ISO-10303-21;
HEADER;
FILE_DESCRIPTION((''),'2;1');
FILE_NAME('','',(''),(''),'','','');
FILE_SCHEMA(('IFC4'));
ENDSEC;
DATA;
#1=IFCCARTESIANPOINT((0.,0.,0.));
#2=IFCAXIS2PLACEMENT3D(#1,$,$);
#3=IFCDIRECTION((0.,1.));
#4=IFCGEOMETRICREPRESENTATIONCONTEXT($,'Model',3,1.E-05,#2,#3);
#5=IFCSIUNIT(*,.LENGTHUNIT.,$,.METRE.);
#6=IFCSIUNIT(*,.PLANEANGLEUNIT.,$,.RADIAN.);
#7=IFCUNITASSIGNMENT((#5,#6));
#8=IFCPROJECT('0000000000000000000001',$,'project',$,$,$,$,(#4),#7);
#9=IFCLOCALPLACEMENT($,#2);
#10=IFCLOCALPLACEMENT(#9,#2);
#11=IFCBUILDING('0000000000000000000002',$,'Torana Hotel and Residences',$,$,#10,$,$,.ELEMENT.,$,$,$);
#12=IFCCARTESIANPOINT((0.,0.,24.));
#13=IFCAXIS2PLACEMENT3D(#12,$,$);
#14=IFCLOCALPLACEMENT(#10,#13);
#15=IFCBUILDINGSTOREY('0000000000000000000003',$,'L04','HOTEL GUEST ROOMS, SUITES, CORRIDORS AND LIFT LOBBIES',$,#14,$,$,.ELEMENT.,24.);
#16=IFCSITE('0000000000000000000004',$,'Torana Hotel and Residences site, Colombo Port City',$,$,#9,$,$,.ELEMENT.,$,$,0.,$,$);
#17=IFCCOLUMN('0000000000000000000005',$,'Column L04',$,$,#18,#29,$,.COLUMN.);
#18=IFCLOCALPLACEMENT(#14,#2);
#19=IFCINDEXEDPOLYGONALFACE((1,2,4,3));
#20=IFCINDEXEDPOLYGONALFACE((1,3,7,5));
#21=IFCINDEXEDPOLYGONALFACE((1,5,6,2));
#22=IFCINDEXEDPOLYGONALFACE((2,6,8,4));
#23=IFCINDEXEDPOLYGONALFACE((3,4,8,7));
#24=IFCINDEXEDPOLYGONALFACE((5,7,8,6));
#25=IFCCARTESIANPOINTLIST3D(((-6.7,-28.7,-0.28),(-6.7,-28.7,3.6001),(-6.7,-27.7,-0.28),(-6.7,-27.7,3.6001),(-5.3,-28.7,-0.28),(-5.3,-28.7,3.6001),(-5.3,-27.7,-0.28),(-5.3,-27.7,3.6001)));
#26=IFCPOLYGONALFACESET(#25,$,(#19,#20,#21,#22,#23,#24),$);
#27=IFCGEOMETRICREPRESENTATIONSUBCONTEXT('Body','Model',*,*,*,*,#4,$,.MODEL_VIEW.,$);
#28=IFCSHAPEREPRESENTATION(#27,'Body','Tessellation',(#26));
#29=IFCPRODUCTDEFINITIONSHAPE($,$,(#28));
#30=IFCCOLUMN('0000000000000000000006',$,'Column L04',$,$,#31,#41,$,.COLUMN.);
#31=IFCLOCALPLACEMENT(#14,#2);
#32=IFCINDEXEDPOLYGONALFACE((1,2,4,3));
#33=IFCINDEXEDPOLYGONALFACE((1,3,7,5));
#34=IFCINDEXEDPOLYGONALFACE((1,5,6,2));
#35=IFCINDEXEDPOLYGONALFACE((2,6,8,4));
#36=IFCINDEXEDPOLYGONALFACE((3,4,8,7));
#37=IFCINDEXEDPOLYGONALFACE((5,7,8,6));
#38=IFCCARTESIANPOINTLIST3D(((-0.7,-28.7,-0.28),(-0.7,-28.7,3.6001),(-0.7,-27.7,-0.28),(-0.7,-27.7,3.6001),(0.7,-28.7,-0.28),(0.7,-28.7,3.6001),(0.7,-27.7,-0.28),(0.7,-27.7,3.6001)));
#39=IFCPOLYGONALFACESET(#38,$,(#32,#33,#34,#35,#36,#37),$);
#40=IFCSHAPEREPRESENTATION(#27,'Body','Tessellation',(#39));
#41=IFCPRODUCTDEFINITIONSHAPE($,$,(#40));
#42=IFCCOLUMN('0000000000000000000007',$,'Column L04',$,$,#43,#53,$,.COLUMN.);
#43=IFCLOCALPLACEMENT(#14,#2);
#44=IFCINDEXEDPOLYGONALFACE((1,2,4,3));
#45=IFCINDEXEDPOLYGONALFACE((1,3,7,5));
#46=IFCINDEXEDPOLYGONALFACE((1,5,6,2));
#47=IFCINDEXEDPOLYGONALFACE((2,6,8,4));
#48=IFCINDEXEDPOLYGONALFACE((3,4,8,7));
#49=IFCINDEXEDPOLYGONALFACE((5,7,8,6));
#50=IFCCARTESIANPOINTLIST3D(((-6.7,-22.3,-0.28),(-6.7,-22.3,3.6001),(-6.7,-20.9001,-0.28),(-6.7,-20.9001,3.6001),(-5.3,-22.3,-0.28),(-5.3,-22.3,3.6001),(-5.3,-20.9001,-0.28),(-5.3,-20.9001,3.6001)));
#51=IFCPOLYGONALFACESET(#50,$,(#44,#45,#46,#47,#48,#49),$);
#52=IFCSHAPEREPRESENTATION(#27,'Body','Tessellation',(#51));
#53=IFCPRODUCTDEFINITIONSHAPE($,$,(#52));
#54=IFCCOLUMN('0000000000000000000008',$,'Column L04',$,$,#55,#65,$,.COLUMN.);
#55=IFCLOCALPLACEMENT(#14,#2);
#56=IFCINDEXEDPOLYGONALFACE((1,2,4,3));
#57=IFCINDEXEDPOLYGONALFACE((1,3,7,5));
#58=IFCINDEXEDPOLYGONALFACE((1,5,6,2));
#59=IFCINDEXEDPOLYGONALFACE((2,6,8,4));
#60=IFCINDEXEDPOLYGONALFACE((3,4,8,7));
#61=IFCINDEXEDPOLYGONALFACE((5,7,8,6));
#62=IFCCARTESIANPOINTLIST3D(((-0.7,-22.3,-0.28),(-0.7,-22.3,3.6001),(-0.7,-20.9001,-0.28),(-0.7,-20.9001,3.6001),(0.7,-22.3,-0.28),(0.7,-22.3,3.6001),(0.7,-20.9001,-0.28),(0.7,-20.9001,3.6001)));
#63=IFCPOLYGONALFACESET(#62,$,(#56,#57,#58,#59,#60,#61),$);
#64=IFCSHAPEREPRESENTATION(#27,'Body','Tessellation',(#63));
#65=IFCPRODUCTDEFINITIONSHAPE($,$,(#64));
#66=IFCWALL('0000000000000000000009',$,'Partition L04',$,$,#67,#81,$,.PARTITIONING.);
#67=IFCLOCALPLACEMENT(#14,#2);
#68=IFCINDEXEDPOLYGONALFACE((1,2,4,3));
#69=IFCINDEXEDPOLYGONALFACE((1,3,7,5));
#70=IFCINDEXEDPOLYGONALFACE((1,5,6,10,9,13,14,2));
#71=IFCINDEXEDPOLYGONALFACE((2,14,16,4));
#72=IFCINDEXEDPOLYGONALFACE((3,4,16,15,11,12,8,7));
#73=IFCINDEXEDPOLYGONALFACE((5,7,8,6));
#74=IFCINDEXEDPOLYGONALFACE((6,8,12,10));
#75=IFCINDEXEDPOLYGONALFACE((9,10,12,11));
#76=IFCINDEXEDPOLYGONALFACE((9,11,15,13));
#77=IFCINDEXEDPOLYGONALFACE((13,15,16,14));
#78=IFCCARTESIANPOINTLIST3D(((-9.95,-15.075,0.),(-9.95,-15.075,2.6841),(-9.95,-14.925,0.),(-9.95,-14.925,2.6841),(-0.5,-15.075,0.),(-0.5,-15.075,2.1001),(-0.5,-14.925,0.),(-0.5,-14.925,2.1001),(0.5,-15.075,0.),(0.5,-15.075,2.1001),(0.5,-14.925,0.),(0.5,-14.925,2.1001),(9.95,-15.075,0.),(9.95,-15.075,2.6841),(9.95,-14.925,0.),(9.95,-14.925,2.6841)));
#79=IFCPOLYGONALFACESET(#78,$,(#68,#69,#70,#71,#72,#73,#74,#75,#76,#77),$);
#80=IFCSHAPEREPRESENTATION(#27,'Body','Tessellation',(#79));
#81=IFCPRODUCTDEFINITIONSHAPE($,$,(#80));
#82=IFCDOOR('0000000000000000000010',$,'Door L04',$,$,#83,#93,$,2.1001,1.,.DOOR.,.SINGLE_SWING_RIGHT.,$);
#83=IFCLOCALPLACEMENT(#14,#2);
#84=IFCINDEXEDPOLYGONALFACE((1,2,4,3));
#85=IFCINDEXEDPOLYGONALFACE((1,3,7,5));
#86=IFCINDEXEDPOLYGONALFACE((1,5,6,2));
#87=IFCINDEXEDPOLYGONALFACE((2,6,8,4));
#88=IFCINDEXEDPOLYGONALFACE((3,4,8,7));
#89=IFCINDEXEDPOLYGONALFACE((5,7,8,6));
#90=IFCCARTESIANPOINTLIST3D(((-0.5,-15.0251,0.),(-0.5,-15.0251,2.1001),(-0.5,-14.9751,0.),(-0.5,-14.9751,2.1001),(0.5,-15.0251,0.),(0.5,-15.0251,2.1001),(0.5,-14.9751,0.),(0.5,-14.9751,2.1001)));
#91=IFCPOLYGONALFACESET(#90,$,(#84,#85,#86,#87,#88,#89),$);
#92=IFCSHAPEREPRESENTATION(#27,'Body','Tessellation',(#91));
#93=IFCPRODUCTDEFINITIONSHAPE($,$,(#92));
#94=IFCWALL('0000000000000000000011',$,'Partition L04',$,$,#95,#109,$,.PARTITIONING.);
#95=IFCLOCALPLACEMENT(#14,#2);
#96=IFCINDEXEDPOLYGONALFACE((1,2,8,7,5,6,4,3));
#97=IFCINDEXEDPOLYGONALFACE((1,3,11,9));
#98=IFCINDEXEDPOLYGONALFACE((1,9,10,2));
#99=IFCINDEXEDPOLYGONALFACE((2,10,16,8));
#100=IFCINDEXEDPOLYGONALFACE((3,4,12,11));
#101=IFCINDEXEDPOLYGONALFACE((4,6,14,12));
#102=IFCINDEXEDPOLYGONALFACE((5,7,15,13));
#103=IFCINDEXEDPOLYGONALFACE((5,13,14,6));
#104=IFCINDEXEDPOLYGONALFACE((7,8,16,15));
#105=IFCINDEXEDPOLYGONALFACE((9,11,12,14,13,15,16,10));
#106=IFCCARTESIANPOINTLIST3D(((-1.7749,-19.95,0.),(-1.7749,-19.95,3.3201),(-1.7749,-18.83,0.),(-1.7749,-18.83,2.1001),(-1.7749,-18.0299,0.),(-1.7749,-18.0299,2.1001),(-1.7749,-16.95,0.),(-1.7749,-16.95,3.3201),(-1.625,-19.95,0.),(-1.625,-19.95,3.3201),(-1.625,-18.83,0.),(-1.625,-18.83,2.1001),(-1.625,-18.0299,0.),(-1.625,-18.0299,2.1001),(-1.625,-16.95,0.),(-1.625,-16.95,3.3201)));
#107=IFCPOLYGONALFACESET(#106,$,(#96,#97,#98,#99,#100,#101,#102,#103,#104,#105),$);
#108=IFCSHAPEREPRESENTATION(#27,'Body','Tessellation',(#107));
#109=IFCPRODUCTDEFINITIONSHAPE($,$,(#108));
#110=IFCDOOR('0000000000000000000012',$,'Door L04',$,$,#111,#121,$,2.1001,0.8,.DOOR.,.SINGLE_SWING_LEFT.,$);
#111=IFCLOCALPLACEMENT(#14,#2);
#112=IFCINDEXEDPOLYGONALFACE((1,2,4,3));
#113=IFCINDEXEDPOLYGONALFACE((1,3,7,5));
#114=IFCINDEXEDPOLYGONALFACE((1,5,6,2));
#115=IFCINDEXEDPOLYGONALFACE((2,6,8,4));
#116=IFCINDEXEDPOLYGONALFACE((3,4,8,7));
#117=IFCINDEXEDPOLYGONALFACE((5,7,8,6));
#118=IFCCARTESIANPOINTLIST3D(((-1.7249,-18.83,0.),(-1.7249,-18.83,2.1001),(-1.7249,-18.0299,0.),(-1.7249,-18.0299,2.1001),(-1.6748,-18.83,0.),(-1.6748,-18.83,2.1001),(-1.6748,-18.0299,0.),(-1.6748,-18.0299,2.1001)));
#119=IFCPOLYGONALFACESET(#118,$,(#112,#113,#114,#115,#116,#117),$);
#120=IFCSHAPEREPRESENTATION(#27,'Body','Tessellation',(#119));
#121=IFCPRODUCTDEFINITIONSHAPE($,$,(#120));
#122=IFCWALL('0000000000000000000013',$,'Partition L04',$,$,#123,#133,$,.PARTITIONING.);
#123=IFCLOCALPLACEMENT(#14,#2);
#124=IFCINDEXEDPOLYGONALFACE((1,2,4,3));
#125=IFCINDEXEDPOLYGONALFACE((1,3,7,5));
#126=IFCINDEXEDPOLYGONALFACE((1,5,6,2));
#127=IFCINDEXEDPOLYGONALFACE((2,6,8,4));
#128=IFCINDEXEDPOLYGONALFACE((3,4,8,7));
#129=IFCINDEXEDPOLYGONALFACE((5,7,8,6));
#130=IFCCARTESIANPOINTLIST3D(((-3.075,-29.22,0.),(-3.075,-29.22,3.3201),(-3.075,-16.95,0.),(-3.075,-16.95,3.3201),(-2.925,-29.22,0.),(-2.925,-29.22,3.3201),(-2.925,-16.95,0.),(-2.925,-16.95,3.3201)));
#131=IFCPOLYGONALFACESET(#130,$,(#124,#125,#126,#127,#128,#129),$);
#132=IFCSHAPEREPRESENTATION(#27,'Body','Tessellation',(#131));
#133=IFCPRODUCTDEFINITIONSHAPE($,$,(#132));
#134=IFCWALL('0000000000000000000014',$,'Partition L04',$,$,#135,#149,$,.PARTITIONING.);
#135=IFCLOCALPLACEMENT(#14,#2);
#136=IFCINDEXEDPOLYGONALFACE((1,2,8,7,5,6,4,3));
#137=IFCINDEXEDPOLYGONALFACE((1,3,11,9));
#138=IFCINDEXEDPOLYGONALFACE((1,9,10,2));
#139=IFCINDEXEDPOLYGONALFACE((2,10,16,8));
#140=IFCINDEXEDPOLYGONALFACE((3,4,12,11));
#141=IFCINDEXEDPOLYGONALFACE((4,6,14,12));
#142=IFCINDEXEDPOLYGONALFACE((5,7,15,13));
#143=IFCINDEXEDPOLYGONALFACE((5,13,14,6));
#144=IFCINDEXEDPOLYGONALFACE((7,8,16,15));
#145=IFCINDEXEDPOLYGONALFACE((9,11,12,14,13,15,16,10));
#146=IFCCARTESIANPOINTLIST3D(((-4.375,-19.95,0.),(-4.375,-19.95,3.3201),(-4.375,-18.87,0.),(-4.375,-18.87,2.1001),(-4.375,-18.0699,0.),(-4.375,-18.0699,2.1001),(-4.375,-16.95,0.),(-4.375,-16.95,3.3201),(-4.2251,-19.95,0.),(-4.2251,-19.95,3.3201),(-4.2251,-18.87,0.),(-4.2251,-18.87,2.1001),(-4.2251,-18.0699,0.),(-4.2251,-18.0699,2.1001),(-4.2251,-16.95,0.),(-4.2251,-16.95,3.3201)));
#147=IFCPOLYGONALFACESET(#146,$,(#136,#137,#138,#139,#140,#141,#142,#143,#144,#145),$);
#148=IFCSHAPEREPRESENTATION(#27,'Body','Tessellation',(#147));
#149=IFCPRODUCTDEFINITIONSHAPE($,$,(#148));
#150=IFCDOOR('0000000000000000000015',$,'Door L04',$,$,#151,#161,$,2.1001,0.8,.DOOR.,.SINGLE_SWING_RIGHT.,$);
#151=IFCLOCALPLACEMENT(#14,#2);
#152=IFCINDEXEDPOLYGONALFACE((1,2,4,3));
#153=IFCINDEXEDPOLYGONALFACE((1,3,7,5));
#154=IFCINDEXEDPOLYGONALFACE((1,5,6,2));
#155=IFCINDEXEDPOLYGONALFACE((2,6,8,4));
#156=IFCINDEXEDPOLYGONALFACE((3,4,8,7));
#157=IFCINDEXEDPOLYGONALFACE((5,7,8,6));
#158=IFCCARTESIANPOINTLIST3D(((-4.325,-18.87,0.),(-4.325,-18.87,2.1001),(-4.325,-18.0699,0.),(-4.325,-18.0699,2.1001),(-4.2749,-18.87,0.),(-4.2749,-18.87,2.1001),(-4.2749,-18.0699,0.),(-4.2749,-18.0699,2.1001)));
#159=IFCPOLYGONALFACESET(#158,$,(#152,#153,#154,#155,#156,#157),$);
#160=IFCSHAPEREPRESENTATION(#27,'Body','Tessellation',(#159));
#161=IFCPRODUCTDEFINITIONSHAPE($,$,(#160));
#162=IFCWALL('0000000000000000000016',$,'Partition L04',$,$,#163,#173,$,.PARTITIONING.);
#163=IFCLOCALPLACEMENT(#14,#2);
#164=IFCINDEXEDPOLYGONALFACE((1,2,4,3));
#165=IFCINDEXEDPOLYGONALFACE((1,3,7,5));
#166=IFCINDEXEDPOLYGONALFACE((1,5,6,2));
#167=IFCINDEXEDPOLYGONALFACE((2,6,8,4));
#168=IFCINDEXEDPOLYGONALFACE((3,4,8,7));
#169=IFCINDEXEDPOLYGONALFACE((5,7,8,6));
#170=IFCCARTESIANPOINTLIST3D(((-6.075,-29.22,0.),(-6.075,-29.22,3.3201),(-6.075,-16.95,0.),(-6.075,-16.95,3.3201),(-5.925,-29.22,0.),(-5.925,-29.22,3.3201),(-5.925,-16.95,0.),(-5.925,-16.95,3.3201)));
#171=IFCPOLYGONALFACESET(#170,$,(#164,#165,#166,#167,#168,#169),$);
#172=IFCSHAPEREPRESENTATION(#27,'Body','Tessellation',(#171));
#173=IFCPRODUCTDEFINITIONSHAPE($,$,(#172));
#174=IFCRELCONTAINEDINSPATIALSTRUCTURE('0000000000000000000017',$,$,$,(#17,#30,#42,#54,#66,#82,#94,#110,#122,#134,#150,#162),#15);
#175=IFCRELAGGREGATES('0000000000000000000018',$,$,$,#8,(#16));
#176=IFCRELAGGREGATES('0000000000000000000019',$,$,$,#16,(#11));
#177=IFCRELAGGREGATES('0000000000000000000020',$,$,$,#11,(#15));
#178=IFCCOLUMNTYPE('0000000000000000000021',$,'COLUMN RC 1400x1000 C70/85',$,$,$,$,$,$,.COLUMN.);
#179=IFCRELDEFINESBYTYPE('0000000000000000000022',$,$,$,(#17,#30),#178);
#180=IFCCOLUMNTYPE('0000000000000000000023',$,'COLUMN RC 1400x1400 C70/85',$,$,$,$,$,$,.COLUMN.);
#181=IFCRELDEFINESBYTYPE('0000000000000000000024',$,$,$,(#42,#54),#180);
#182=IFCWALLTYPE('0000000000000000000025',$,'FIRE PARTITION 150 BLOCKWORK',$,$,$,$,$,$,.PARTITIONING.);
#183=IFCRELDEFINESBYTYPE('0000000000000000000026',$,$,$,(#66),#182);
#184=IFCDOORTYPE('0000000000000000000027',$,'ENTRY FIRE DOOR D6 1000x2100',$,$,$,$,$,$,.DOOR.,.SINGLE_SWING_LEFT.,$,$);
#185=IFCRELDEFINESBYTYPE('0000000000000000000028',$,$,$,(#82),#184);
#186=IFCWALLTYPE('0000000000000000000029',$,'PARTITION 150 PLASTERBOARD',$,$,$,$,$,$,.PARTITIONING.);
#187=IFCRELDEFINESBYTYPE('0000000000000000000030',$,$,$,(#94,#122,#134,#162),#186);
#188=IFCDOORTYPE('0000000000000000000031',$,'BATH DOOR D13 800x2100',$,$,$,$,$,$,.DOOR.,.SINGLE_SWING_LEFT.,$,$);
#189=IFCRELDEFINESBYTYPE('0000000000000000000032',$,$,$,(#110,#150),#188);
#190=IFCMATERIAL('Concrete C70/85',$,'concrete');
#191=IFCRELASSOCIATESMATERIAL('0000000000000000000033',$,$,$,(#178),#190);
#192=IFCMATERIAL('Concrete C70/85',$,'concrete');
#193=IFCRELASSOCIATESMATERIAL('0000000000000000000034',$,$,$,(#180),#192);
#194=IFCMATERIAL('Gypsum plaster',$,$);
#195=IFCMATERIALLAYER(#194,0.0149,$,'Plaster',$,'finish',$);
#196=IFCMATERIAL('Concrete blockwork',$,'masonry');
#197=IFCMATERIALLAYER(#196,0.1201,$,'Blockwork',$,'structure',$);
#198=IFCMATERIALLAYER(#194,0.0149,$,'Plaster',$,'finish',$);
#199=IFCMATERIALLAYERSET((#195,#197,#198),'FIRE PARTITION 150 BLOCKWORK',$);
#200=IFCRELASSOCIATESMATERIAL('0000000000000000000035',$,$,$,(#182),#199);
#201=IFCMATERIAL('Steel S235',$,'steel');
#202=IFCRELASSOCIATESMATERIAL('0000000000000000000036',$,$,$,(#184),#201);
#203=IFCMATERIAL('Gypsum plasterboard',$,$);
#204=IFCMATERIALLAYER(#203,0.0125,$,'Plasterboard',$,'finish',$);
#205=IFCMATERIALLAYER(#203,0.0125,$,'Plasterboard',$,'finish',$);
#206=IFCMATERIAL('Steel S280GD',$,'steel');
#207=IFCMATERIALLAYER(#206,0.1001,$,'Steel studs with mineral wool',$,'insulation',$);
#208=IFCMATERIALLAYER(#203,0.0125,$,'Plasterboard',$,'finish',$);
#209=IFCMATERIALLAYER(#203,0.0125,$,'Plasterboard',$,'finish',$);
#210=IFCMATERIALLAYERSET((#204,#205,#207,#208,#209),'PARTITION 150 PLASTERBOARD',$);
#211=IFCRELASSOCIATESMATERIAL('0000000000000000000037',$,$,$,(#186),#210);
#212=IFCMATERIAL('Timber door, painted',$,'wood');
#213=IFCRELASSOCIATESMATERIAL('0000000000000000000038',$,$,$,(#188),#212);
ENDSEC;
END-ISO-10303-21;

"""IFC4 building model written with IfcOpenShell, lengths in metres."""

from ifc_helpers import new_model, si_unit, direction, frame, frame_2d, origin, origin_2d, place, context, subcontext, project, spatial, rectangle, extrude, material, layer, layer_set, material_profile, profile_set, type_object, element, fill, save


model = new_model("IFC4")

# Units and contexts
model_context = context("Model", 3, precision=1e-05, world=origin(), true_north=direction((0.0, 1.0)))
body_context = subcontext(model_context, "Body", "Model", "MODEL_VIEW")
ifc_project = project(units=[si_unit("LENGTHUNIT", "METRE"), si_unit("PLANEANGLEUNIT", "RADIAN")], contexts=[model_context])

# Site, building, storey
site_placement = place(None, origin())
site = spatial("IfcSite", under=ifc_project, at=site_placement, Name="Torana Hotel and Residences site, Colombo Port City", CompositionType="ELEMENT", RefElevation=0.0)
building_placement = place(site_placement, origin())
building = spatial("IfcBuilding", under=site, at=building_placement, Name="Torana Hotel and Residences", CompositionType="ELEMENT")
storey_placement = place(building_placement, frame((0.0, 0.0, 24.0)))
storey = spatial("IfcBuildingStorey", under=building, at=storey_placement, Name="L04", Description="HOTEL GUEST ROOMS, SUITES, CORRIDORS AND LIFT LOBBIES", CompositionType="ELEMENT", Elevation=24.0)

# Columns
ifc_material_1 = material(Name="Concrete C70/85", Category="concrete")
ifc_material_profile_1 = material_profile(ifc_material_1, rectangle(XDim=1.3999, YDim=1.0, at=origin_2d()), Name="RC 1400x1000")
ifc_profile_set_1 = profile_set([ifc_material_profile_1], Name="Concrete C70/85")
column_type_1 = type_object("IfcColumnType", Name="COLUMN RC 1400x1000 C70/85", PredefinedType="COLUMN", material=ifc_profile_set_1)
for number, where, z_axis, x_axis, name in (
    (1, (-6.0, -28.2, -0.28), (0.0, 0.0, 1.0), (1.0, 0.0, 0.0), "Column L04"),
    (2, (0.0, -28.2, -0.28), (0.0, 0.0, 1.0), (1.0, 0.0, 0.0), "Column L04"),
):
    element("IfcColumn", number, at=place(storey_placement, frame(where, z_axis=z_axis, x_axis=x_axis)), inside=storey, type_object=column_type_1, Name=name, PredefinedType="COLUMN", context=body_context, shape_type="SweptSolid", body=[
        extrude(rectangle(XDim=1.3999, YDim=1.0, at=origin_2d()), origin(), (0.0, 0.0, 1.0), 3.8801),
    ])
ifc_material_2 = material(Name="Concrete C70/85", Category="concrete")
ifc_material_profile_2 = material_profile(ifc_material_2, rectangle(XDim=1.3999, YDim=1.3999, at=origin_2d()), Name="RC 1400x1400")
ifc_profile_set_2 = profile_set([ifc_material_profile_2], Name="Concrete C70/85")
column_type_2 = type_object("IfcColumnType", Name="COLUMN RC 1400x1400 C70/85", PredefinedType="COLUMN", material=ifc_profile_set_2)
for number, where, z_axis, x_axis, name in (
    (3, (-6.0, -21.6001, -0.28), (0.0, 0.0, 1.0), (1.0, 0.0, 0.0), "Column L04"),
    (4, (0.0, -21.6001, -0.28), (0.0, 0.0, 1.0), (1.0, 0.0, 0.0), "Column L04"),
):
    element("IfcColumn", number, at=place(storey_placement, frame(where, z_axis=z_axis, x_axis=x_axis)), inside=storey, type_object=column_type_2, Name=name, PredefinedType="COLUMN", context=body_context, shape_type="SweptSolid", body=[
        extrude(rectangle(XDim=1.3999, YDim=1.3999, at=origin_2d()), origin(), (0.0, 0.0, 1.0), 3.8801),
    ])

# Walls, openings, doors
ifc_material_3 = material(Name="Gypsum plaster")
ifc_layer_1 = layer(ifc_material_3, 0.0149, Name="Plaster", Category="finish")
ifc_material_4 = material(Name="Concrete blockwork", Category="masonry")
ifc_layer_2 = layer(ifc_material_4, 0.1201, Name="Blockwork", Category="structure")
ifc_layer_3 = layer(ifc_material_3, 0.0149, Name="Plaster", Category="finish")
ifc_layer_set_1 = layer_set([ifc_layer_1, ifc_layer_2, ifc_layer_3], Name="FIRE PARTITION 150 BLOCKWORK")
wall_type_1 = type_object("IfcWallType", Name="FIRE PARTITION 150 BLOCKWORK", PredefinedType="PARTITIONING", material=ifc_layer_set_1)
wall_1_placement = place(storey_placement, frame((-9.95, -15.0, 0.0), z_axis=(0.0, 0.0, 1.0), x_axis=(1.0, 0.0, 0.0)))
wall_1 = element("IfcWall", 5, at=wall_1_placement, inside=storey, type_object=wall_type_1, Name="Partition L04", PredefinedType="PARTITIONING", context=body_context, shape_type="SweptSolid", body=[
    extrude(rectangle(XDim=19.8999, YDim=0.1499, at=frame_2d((9.95, 0.0))), origin(), (0.0, 0.0, 1.0), 2.6841),
])
opening_1_placement = place(wall_1_placement, frame((9.45, 0.0, 0.0)))
opening_1 = element("IfcOpeningElement", 6, at=opening_1_placement, cuts=wall_1, PredefinedType="OPENING", context=body_context, shape_type="SweptSolid", body=[
    extrude(rectangle(XDim=1.0, YDim=2.1001, at=frame_2d((0.5, 1.05))), frame((0.0, 0.085, 0.0), z_axis=(0.0, -1.0, 0.0), x_axis=(1.0, 0.0, 0.0)), (0.0, 0.0, 1.0), 0.1699),
])
ifc_material_5 = material(Name="Steel S235", Category="steel")
door_type_1 = type_object("IfcDoorType", Name="ENTRY FIRE DOOR D6 1000x2100", OperationType="SINGLE_SWING_LEFT", PredefinedType="DOOR", material=ifc_material_5)
door_1_placement = place(opening_1_placement, origin())
door_1 = element("IfcDoor", 7, at=door_1_placement, inside=storey, type_object=door_type_1, Name="Door L04", OperationType="SINGLE_SWING_RIGHT", OverallHeight=2.1001, OverallWidth=1.0, PredefinedType="DOOR", context=body_context, shape_type="SweptSolid", body=[
    extrude(rectangle(XDim=1.0, YDim=2.1001, at=frame_2d((0.5, 1.05))), frame((0.0, 0.0249, 0.0), z_axis=(0.0, -1.0, 0.0), x_axis=(1.0, 0.0, 0.0)), (0.0, 0.0, 1.0), 0.05),
])
fill(opening_1, door_1)
ifc_material_6 = material(Name="Gypsum plasterboard")
ifc_layer_4 = layer(ifc_material_6, 0.0125, Name="Plasterboard", Category="finish")
ifc_layer_5 = layer(ifc_material_6, 0.0125, Name="Plasterboard", Category="finish")
ifc_material_7 = material(Name="Steel S280GD", Category="steel")
ifc_layer_6 = layer(ifc_material_7, 0.1001, Name="Steel studs with mineral wool", Category="insulation")
ifc_layer_7 = layer(ifc_material_6, 0.0125, Name="Plasterboard", Category="finish")
ifc_layer_8 = layer(ifc_material_6, 0.0125, Name="Plasterboard", Category="finish")
ifc_layer_set_2 = layer_set([ifc_layer_4, ifc_layer_5, ifc_layer_6, ifc_layer_7, ifc_layer_8], Name="PARTITION 150 PLASTERBOARD")
wall_type_2 = type_object("IfcWallType", Name="PARTITION 150 PLASTERBOARD", PredefinedType="PARTITIONING", material=ifc_layer_set_2)
wall_2_placement = place(storey_placement, frame((-1.7, -19.95, 0.0), z_axis=(0.0, 0.0, 1.0), x_axis=(0.0, 1.0, 0.0)))
wall_2 = element("IfcWall", 8, at=wall_2_placement, inside=storey, type_object=wall_type_2, Name="Partition L04", PredefinedType="PARTITIONING", context=body_context, shape_type="SweptSolid", body=[
    extrude(rectangle(XDim=3.0, YDim=0.1499, at=frame_2d((1.5, 0.0))), origin(), (0.0, 0.0, 1.0), 3.3201),
])
opening_2_placement = place(wall_2_placement, frame((1.1201, 0.0, 0.0)))
opening_2 = element("IfcOpeningElement", 9, at=opening_2_placement, cuts=wall_2, PredefinedType="OPENING", context=body_context, shape_type="SweptSolid", body=[
    extrude(rectangle(XDim=0.8, YDim=2.1001, at=frame_2d((0.3999, 1.05))), frame((0.0, 0.085, 0.0), z_axis=(0.0, -1.0, 0.0), x_axis=(1.0, 0.0, 0.0)), (0.0, 0.0, 1.0), 0.1699),
])
ifc_material_8 = material(Name="Timber door, painted", Category="wood")
door_type_2 = type_object("IfcDoorType", Name="BATH DOOR D13 800x2100", OperationType="SINGLE_SWING_LEFT", PredefinedType="DOOR", material=ifc_material_8)
door_2_placement = place(opening_2_placement, origin())
door_2 = element("IfcDoor", 10, at=door_2_placement, inside=storey, type_object=door_type_2, Name="Door L04", OperationType="SINGLE_SWING_LEFT", OverallHeight=2.1001, OverallWidth=0.8, PredefinedType="DOOR", context=body_context, shape_type="SweptSolid", body=[
    extrude(rectangle(XDim=0.8, YDim=2.1001, at=frame_2d((0.3999, 1.05))), frame((0.0, 0.0249, 0.0), z_axis=(0.0, -1.0, 0.0), x_axis=(1.0, 0.0, 0.0)), (0.0, 0.0, 1.0), 0.05),
])
fill(opening_2, door_2)

# Wall
wall_3_placement = place(storey_placement, frame((-3.0, -29.22, 0.0), z_axis=(0.0, 0.0, 1.0), x_axis=(0.0, 1.0, 0.0)))
element("IfcWall", 11, at=wall_3_placement, inside=storey, type_object=wall_type_2, Name="Partition L04", PredefinedType="PARTITIONING", context=body_context, shape_type="SweptSolid", body=[
    extrude(rectangle(XDim=12.27, YDim=0.1499, at=frame_2d((6.135, 0.0))), origin(), (0.0, 0.0, 1.0), 3.3201),
])

# Wall, opening, door
wall_4_placement = place(storey_placement, frame((-4.3, -19.95, 0.0), z_axis=(0.0, 0.0, 1.0), x_axis=(0.0, 1.0, 0.0)))
wall_4 = element("IfcWall", 12, at=wall_4_placement, inside=storey, type_object=wall_type_2, Name="Partition L04", PredefinedType="PARTITIONING", context=body_context, shape_type="SweptSolid", body=[
    extrude(rectangle(XDim=3.0, YDim=0.1499, at=frame_2d((1.5, 0.0))), origin(), (0.0, 0.0, 1.0), 3.3201),
])
opening_3_placement = place(wall_4_placement, frame((1.0801, 0.0, 0.0)))
opening_3 = element("IfcOpeningElement", 13, at=opening_3_placement, cuts=wall_4, PredefinedType="OPENING", context=body_context, shape_type="SweptSolid", body=[
    extrude(rectangle(XDim=0.8, YDim=2.1001, at=frame_2d((0.3999, 1.05))), frame((0.0, 0.085, 0.0), z_axis=(0.0, -1.0, 0.0), x_axis=(1.0, 0.0, 0.0)), (0.0, 0.0, 1.0), 0.1699),
])
door_3_placement = place(opening_3_placement, origin())
door_3 = element("IfcDoor", 14, at=door_3_placement, inside=storey, type_object=door_type_2, Name="Door L04", OperationType="SINGLE_SWING_RIGHT", OverallHeight=2.1001, OverallWidth=0.8, PredefinedType="DOOR", context=body_context, shape_type="SweptSolid", body=[
    extrude(rectangle(XDim=0.8, YDim=2.1001, at=frame_2d((0.3999, 1.05))), frame((0.0, 0.0249, 0.0), z_axis=(0.0, -1.0, 0.0), x_axis=(1.0, 0.0, 0.0)), (0.0, 0.0, 1.0), 0.05),
])
fill(opening_3, door_3)

# Wall
wall_5_placement = place(storey_placement, frame((-6.0, -29.22, 0.0), z_axis=(0.0, 0.0, 1.0), x_axis=(0.0, 1.0, 0.0)))
element("IfcWall", 15, at=wall_5_placement, inside=storey, type_object=wall_type_2, Name="Partition L04", PredefinedType="PARTITIONING", context=body_context, shape_type="SweptSolid", body=[
    extrude(rectangle(XDim=12.27, YDim=0.1499, at=frame_2d((6.135, 0.0))), origin(), (0.0, 0.0, 1.0), 3.3201),
])

save(model, "model.ifc")
